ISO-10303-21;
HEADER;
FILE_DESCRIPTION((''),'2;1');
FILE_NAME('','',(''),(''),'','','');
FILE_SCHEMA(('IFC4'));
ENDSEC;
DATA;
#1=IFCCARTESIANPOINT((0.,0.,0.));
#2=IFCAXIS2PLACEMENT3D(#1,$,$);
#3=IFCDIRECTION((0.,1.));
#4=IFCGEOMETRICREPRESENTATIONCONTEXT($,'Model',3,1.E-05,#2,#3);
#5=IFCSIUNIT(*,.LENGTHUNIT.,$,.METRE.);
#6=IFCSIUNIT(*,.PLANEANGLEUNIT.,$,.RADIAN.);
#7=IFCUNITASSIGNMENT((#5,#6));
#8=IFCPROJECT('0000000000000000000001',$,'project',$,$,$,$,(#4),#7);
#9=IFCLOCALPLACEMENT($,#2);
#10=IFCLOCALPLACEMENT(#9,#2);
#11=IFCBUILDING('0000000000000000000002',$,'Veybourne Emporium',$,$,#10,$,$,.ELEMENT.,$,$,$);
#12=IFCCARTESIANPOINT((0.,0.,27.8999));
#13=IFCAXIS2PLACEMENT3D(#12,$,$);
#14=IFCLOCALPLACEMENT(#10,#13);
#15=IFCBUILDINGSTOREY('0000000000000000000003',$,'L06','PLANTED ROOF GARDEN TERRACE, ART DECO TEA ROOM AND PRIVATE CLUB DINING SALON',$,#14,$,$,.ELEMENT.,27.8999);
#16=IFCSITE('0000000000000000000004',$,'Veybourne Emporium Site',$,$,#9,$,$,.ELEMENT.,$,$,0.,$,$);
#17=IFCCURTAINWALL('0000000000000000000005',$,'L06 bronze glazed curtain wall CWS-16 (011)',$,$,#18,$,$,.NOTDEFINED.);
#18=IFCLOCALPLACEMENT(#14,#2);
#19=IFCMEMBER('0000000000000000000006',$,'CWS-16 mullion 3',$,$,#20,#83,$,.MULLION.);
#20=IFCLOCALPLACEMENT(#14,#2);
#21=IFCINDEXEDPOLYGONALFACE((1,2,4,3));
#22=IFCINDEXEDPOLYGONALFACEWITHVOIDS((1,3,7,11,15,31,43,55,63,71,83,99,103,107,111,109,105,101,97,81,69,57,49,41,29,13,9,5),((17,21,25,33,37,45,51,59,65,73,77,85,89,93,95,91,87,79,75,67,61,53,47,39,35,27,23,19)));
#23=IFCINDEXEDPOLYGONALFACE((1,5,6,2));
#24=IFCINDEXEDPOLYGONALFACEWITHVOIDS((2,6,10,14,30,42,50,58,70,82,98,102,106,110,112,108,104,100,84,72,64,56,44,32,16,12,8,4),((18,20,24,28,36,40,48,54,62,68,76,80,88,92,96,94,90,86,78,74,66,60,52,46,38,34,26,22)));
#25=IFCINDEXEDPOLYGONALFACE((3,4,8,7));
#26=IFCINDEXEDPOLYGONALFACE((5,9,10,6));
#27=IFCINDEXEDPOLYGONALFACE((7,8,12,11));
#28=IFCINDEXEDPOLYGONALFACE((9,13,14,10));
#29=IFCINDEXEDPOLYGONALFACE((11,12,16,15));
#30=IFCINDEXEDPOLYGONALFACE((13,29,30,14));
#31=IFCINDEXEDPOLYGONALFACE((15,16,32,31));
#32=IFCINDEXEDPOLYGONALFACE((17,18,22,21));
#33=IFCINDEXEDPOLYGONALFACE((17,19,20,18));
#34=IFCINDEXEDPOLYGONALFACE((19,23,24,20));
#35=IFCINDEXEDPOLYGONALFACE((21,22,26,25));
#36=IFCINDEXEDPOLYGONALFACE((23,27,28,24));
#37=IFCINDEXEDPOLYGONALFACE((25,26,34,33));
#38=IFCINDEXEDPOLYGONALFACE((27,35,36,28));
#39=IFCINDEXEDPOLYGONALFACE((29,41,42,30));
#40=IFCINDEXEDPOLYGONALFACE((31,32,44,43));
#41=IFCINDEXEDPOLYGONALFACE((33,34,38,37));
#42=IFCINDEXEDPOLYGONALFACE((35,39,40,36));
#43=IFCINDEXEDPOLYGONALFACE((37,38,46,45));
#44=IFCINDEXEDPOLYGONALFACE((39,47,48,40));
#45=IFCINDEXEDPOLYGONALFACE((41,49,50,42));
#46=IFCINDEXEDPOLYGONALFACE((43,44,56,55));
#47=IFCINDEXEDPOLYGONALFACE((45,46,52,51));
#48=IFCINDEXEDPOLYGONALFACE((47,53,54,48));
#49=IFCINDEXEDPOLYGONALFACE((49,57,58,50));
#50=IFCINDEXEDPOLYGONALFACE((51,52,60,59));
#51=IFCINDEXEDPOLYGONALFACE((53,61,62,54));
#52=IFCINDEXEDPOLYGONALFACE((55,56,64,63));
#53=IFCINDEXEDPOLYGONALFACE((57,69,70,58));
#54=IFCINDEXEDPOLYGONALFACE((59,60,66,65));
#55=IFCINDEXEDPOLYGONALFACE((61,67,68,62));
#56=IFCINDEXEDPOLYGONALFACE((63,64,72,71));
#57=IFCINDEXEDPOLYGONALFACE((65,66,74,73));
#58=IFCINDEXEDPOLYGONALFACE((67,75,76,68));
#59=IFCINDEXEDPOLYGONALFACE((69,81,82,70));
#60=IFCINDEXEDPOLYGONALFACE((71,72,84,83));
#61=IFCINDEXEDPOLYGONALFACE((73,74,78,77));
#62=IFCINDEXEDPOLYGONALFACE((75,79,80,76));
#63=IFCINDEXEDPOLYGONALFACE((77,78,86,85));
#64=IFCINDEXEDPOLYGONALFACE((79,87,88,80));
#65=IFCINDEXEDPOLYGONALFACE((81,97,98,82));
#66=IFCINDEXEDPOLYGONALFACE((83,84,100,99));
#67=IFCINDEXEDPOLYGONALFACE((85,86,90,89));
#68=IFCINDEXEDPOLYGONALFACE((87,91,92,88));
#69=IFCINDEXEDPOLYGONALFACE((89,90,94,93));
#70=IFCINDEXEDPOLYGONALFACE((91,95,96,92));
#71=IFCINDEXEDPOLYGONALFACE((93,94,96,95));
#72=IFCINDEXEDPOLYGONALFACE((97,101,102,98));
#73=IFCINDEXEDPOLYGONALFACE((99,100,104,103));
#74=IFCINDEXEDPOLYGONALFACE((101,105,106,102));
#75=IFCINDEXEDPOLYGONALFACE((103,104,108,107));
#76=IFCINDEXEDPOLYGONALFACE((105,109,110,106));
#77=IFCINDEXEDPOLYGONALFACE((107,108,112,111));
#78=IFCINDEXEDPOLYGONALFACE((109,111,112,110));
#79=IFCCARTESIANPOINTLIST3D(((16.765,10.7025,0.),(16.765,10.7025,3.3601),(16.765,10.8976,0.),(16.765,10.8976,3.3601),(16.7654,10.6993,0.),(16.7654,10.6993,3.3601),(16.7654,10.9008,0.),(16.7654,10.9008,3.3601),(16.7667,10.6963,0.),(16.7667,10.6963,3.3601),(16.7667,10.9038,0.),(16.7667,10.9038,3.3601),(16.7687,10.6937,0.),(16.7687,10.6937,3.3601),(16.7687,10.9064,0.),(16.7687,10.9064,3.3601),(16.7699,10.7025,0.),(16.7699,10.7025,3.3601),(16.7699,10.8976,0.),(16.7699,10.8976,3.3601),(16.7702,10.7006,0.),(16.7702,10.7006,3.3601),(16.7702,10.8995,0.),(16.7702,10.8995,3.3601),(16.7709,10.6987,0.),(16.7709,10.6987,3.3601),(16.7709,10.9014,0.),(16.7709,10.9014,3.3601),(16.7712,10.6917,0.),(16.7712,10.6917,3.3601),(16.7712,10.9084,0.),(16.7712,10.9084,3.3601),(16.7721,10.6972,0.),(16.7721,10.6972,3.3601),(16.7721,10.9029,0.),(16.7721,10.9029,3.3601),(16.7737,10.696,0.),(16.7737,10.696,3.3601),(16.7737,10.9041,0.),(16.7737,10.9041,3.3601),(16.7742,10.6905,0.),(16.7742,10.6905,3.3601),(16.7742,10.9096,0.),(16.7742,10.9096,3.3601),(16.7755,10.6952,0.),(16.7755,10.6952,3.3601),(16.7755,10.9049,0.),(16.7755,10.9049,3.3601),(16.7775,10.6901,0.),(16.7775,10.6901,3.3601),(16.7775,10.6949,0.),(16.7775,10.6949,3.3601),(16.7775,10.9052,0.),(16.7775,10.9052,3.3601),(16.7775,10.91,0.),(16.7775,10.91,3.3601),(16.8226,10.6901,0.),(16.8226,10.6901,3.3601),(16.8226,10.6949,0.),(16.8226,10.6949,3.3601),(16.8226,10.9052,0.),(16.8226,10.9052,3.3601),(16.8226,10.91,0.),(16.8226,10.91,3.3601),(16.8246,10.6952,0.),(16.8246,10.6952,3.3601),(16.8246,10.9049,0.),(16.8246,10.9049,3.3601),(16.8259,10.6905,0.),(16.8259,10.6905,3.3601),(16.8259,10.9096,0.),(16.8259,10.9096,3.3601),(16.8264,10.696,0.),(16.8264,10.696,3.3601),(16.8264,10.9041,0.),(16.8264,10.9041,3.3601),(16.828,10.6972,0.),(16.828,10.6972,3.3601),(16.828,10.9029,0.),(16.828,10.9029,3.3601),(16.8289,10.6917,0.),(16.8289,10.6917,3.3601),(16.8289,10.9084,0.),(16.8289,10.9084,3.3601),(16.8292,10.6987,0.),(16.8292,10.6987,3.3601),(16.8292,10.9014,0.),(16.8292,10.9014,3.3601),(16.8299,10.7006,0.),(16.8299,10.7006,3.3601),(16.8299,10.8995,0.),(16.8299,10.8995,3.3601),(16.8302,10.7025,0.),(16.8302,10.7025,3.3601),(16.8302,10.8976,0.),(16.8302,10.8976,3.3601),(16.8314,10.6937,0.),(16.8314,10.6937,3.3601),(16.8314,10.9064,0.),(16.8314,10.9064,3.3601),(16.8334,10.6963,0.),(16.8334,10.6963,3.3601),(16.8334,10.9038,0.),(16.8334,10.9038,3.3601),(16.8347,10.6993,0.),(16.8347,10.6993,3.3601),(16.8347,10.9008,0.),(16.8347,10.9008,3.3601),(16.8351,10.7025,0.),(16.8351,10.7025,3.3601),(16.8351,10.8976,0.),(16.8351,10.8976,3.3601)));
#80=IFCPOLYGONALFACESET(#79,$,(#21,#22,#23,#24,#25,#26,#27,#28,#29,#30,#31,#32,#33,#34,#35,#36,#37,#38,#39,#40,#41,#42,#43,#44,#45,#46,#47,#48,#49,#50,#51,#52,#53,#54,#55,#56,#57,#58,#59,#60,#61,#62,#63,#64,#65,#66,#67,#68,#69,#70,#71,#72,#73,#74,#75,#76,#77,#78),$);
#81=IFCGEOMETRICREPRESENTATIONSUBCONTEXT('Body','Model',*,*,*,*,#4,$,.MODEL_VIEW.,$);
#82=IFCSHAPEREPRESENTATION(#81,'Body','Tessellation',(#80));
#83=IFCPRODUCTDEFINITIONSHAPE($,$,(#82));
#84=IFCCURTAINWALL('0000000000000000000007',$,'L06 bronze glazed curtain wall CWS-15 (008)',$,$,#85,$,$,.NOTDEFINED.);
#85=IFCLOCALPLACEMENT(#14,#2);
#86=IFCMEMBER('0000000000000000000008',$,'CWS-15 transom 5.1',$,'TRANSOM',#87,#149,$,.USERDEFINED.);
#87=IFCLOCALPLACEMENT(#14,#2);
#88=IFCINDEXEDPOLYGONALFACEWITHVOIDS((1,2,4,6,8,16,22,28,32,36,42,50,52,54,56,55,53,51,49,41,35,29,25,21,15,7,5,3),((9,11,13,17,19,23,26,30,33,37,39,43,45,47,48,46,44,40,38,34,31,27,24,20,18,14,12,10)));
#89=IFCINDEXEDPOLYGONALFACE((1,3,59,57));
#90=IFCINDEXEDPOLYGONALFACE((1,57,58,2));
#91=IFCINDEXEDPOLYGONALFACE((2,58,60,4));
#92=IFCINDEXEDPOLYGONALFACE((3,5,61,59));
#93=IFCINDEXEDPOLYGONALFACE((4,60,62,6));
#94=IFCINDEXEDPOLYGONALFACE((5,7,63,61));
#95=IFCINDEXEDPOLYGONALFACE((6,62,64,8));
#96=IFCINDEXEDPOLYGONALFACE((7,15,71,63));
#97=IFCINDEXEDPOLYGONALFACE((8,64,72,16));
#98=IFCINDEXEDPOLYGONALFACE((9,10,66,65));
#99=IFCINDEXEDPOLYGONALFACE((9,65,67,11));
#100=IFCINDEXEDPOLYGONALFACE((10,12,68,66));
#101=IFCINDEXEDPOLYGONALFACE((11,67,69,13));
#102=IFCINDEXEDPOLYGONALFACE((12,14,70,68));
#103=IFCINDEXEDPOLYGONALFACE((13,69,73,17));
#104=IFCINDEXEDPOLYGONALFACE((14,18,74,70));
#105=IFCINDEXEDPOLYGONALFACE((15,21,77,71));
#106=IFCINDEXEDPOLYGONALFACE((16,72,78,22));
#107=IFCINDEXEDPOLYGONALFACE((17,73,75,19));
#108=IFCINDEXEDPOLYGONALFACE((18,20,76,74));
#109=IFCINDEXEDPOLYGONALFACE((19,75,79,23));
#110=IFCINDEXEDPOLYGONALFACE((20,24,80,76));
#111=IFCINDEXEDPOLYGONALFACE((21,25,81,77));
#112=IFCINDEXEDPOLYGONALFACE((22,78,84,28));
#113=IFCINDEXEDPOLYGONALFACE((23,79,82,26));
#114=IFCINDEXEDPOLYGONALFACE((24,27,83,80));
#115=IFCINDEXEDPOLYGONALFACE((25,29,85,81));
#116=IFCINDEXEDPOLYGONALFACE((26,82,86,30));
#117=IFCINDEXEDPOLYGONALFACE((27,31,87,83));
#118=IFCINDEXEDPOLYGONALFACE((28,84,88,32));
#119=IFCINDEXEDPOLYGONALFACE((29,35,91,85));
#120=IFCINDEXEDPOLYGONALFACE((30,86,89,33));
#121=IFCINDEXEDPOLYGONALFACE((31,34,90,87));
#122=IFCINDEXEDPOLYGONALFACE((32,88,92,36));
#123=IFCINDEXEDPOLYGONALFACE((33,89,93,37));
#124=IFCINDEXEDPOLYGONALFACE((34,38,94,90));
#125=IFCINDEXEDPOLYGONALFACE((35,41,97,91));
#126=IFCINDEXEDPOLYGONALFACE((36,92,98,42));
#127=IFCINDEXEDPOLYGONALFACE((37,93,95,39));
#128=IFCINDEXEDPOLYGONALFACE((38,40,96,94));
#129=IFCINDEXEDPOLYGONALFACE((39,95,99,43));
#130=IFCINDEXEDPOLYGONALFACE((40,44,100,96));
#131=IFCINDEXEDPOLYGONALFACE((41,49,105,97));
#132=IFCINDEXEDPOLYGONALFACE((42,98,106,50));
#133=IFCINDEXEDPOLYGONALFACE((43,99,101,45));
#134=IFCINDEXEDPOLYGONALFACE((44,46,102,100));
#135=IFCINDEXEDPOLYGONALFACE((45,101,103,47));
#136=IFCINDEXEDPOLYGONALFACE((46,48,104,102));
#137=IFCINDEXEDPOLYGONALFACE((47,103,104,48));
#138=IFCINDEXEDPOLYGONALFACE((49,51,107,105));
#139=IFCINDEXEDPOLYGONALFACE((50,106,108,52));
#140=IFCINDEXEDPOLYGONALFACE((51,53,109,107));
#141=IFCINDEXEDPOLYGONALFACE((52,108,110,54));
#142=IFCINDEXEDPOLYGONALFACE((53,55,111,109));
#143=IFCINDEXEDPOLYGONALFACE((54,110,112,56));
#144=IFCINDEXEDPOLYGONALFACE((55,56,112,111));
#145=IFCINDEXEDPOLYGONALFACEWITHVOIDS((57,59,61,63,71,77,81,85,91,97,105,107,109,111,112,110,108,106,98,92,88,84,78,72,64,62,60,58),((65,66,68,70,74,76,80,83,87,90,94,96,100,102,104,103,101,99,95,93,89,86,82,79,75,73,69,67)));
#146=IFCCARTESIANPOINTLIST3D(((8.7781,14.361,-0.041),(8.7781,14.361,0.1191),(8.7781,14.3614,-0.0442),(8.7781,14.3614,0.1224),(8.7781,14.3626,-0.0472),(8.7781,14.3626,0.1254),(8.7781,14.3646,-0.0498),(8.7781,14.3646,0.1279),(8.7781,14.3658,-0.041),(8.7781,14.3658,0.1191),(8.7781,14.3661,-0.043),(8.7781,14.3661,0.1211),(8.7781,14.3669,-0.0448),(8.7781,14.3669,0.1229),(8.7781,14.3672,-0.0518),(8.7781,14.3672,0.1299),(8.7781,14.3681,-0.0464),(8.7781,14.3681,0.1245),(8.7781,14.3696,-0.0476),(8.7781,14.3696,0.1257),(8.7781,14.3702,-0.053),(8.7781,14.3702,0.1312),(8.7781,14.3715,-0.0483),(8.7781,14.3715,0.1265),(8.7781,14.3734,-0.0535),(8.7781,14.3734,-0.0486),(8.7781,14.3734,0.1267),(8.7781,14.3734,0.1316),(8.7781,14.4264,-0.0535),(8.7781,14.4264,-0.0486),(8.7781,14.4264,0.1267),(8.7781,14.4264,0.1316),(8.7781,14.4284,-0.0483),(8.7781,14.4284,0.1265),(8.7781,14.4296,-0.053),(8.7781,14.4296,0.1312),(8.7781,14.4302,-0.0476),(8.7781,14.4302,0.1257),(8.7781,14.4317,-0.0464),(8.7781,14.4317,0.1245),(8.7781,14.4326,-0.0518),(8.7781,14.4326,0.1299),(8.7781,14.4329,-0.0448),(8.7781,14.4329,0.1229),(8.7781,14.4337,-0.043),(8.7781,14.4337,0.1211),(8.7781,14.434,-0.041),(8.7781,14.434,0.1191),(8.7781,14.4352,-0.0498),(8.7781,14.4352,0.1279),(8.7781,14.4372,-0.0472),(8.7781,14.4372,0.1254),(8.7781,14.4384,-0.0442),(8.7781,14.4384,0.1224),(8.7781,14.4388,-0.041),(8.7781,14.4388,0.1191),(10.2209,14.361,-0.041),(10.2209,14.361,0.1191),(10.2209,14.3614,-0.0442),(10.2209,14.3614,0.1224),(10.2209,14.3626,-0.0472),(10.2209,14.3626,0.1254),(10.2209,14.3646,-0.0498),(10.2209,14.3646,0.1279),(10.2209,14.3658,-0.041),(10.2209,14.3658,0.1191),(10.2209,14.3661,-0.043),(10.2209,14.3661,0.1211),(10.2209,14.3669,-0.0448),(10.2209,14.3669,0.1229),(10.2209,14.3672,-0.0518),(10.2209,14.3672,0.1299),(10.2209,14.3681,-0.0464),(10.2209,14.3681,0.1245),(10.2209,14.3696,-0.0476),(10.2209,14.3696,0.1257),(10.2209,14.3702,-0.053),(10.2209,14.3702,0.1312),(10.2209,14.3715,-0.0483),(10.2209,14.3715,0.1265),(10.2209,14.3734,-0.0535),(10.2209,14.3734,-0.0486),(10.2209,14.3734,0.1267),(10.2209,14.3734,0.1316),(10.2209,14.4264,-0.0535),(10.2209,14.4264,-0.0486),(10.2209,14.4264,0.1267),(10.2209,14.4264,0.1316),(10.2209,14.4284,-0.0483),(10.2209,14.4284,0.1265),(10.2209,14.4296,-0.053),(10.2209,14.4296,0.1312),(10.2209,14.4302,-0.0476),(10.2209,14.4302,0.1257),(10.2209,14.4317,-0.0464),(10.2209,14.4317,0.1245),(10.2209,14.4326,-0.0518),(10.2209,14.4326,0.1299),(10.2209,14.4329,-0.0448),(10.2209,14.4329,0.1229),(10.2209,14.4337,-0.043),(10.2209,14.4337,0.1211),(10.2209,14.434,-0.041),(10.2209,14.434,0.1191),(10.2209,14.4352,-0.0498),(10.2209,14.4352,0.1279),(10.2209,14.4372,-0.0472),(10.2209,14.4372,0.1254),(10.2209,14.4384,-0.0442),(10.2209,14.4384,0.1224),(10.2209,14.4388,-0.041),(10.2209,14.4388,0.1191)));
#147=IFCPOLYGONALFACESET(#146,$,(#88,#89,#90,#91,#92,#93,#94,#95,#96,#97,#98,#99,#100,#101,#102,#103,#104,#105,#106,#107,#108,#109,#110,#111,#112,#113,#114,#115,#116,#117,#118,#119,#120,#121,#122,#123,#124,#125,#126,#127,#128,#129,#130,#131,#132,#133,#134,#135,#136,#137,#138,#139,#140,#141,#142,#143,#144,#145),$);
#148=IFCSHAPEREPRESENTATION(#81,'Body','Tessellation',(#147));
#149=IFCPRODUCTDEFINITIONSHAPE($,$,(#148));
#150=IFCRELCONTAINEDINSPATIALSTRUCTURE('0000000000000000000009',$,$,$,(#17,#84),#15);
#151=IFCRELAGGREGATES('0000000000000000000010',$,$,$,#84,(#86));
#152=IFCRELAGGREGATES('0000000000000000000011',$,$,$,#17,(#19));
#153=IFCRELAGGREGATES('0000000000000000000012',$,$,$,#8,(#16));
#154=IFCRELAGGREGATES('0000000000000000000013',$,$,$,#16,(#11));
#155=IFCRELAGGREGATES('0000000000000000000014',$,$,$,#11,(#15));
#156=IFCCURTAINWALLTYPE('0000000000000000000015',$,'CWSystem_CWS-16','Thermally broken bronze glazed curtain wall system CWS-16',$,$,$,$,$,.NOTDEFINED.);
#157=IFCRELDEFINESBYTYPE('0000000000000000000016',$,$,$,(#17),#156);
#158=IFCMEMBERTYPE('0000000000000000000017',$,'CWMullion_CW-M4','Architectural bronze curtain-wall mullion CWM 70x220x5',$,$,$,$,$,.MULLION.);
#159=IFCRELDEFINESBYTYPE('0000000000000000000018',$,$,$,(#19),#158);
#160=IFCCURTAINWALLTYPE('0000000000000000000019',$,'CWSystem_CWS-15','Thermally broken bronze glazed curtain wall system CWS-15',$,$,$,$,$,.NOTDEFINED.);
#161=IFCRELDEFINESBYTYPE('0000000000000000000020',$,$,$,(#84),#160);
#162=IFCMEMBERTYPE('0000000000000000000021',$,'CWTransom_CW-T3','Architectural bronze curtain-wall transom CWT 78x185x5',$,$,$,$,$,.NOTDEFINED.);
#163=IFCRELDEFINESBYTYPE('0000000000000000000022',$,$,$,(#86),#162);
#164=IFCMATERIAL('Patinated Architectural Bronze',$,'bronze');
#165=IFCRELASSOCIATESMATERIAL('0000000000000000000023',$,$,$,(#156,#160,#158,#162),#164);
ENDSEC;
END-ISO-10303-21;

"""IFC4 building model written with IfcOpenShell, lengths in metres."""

from ifc_helpers import new_model, si_unit, direction, frame, origin, origin_2d, place, context, subcontext, project, spatial, hollow_rectangle, extrude, material, material_profile, profile_set, type_object, element, aggregate, save


model = new_model("IFC4")

# Units and contexts
model_context = context("Model", 3, precision=1e-05, world=origin(), true_north=direction((0.0, 1.0)))
body_context = subcontext(model_context, "Body", "Model", "MODEL_VIEW")
ifc_project = project(units=[si_unit("LENGTHUNIT", "METRE"), si_unit("PLANEANGLEUNIT", "RADIAN")], contexts=[model_context])

# Site, building, storey
site_placement = place(None, origin())
site = spatial("IfcSite", under=ifc_project, at=site_placement, Name="Veybourne Emporium Site", CompositionType="ELEMENT", RefElevation=0.0)
building_placement = place(site_placement, origin())
building = spatial("IfcBuilding", under=site, at=building_placement, Name="Veybourne Emporium", CompositionType="ELEMENT")
storey_placement = place(building_placement, frame((0.0, 0.0, 27.8999)))
storey = spatial("IfcBuildingStorey", under=building, at=storey_placement, Name="L06", Description="PLANTED ROOF GARDEN TERRACE, ART DECO TEA ROOM AND PRIVATE CLUB DINING SALON", CompositionType="ELEMENT", Elevation=27.8999)

# Curtain walls, members
ifc_material_1 = material(Name="Patinated Architectural Bronze", Category="bronze")
curtain_wall_type_1 = type_object("IfcCurtainWallType", Name="CWSystem_CWS-16", Description="Thermally broken bronze glazed curtain wall system CWS-16", PredefinedType="NOTDEFINED", material=ifc_material_1)
curtain_wall_1_placement = place(storey_placement, origin())
curtain_wall_1 = element("IfcCurtainWall", 1, at=curtain_wall_1_placement, inside=storey, type_object=curtain_wall_type_1, Name="L06 bronze glazed curtain wall CWS-16 (011)", PredefinedType="NOTDEFINED")
ifc_material_profile_1 = material_profile(ifc_material_1, hollow_rectangle(XDim=0.0701, YDim=0.22, WallThickness=0.0049, InnerFilletRadius=0.0076, OuterFilletRadius=0.0125, at=origin_2d()), Name="CWM 70x220x5")
ifc_profile_set_1 = profile_set([ifc_material_profile_1], Name="Patinated Architectural Bronze")
member_type_1 = type_object("IfcMemberType", Name="CWMullion_CW-M4", Description="Architectural bronze curtain-wall mullion CWM 70x220x5", PredefinedType="MULLION", material=ifc_profile_set_1)
member_1_placement = place(storey_placement, frame((16.8, 10.8, 0.0), z_axis=(0.0, 0.0, 1.0), x_axis=(-1.0, 0.0, 0.0)))
member_1 = element("IfcMember", 2, at=member_1_placement, type_object=member_type_1, Name="CWS-16 mullion 3", PredefinedType="MULLION", context=body_context, shape_type="SweptSolid", body=[
    extrude(hollow_rectangle(XDim=0.0701, YDim=0.22, WallThickness=0.0049, InnerFilletRadius=0.0076, OuterFilletRadius=0.0125, at=origin_2d()), origin(), (0.0, 0.0, 1.0), 3.3601),
])
curtain_wall_type_2 = type_object("IfcCurtainWallType", Name="CWSystem_CWS-15", Description="Thermally broken bronze glazed curtain wall system CWS-15", PredefinedType="NOTDEFINED", material=ifc_material_1)
curtain_wall_2_placement = place(storey_placement, origin())
curtain_wall_2 = element("IfcCurtainWall", 3, at=curtain_wall_2_placement, inside=storey, type_object=curtain_wall_type_2, Name="L06 bronze glazed curtain wall CWS-15 (008)", PredefinedType="NOTDEFINED")
ifc_material_profile_2 = material_profile(ifc_material_1, hollow_rectangle(XDim=0.0779, YDim=0.1851, WallThickness=0.0049, InnerFilletRadius=0.0076, OuterFilletRadius=0.0125, at=origin_2d()), Name="CWT 78x185x5")
ifc_profile_set_2 = profile_set([ifc_material_profile_2], Name="Patinated Architectural Bronze")
member_type_2 = type_object("IfcMemberType", Name="CWTransom_CW-T3", Description="Architectural bronze curtain-wall transom CWT 78x185x5", PredefinedType="NOTDEFINED", material=ifc_profile_set_2)
member_2_placement = place(storey_placement, frame((10.2209, 14.3999, 0.0391), z_axis=(-1.0, 0.0, 0.0), x_axis=(0.0, -1.0, 0.0)))
member_2 = element("IfcMember", 4, at=member_2_placement, type_object=member_type_2, Name="CWS-15 transom 5.1", ObjectType="TRANSOM", PredefinedType="USERDEFINED", context=body_context, shape_type="SweptSolid", body=[
    extrude(hollow_rectangle(XDim=0.0779, YDim=0.1851, WallThickness=0.0049, InnerFilletRadius=0.0076, OuterFilletRadius=0.0125, at=origin_2d()), origin(), (0.0, 0.0, 1.0), 1.4429),
])
aggregate(curtain_wall_2, [member_2])

aggregate(curtain_wall_1, [member_1])

save(model, "model.ifc")
